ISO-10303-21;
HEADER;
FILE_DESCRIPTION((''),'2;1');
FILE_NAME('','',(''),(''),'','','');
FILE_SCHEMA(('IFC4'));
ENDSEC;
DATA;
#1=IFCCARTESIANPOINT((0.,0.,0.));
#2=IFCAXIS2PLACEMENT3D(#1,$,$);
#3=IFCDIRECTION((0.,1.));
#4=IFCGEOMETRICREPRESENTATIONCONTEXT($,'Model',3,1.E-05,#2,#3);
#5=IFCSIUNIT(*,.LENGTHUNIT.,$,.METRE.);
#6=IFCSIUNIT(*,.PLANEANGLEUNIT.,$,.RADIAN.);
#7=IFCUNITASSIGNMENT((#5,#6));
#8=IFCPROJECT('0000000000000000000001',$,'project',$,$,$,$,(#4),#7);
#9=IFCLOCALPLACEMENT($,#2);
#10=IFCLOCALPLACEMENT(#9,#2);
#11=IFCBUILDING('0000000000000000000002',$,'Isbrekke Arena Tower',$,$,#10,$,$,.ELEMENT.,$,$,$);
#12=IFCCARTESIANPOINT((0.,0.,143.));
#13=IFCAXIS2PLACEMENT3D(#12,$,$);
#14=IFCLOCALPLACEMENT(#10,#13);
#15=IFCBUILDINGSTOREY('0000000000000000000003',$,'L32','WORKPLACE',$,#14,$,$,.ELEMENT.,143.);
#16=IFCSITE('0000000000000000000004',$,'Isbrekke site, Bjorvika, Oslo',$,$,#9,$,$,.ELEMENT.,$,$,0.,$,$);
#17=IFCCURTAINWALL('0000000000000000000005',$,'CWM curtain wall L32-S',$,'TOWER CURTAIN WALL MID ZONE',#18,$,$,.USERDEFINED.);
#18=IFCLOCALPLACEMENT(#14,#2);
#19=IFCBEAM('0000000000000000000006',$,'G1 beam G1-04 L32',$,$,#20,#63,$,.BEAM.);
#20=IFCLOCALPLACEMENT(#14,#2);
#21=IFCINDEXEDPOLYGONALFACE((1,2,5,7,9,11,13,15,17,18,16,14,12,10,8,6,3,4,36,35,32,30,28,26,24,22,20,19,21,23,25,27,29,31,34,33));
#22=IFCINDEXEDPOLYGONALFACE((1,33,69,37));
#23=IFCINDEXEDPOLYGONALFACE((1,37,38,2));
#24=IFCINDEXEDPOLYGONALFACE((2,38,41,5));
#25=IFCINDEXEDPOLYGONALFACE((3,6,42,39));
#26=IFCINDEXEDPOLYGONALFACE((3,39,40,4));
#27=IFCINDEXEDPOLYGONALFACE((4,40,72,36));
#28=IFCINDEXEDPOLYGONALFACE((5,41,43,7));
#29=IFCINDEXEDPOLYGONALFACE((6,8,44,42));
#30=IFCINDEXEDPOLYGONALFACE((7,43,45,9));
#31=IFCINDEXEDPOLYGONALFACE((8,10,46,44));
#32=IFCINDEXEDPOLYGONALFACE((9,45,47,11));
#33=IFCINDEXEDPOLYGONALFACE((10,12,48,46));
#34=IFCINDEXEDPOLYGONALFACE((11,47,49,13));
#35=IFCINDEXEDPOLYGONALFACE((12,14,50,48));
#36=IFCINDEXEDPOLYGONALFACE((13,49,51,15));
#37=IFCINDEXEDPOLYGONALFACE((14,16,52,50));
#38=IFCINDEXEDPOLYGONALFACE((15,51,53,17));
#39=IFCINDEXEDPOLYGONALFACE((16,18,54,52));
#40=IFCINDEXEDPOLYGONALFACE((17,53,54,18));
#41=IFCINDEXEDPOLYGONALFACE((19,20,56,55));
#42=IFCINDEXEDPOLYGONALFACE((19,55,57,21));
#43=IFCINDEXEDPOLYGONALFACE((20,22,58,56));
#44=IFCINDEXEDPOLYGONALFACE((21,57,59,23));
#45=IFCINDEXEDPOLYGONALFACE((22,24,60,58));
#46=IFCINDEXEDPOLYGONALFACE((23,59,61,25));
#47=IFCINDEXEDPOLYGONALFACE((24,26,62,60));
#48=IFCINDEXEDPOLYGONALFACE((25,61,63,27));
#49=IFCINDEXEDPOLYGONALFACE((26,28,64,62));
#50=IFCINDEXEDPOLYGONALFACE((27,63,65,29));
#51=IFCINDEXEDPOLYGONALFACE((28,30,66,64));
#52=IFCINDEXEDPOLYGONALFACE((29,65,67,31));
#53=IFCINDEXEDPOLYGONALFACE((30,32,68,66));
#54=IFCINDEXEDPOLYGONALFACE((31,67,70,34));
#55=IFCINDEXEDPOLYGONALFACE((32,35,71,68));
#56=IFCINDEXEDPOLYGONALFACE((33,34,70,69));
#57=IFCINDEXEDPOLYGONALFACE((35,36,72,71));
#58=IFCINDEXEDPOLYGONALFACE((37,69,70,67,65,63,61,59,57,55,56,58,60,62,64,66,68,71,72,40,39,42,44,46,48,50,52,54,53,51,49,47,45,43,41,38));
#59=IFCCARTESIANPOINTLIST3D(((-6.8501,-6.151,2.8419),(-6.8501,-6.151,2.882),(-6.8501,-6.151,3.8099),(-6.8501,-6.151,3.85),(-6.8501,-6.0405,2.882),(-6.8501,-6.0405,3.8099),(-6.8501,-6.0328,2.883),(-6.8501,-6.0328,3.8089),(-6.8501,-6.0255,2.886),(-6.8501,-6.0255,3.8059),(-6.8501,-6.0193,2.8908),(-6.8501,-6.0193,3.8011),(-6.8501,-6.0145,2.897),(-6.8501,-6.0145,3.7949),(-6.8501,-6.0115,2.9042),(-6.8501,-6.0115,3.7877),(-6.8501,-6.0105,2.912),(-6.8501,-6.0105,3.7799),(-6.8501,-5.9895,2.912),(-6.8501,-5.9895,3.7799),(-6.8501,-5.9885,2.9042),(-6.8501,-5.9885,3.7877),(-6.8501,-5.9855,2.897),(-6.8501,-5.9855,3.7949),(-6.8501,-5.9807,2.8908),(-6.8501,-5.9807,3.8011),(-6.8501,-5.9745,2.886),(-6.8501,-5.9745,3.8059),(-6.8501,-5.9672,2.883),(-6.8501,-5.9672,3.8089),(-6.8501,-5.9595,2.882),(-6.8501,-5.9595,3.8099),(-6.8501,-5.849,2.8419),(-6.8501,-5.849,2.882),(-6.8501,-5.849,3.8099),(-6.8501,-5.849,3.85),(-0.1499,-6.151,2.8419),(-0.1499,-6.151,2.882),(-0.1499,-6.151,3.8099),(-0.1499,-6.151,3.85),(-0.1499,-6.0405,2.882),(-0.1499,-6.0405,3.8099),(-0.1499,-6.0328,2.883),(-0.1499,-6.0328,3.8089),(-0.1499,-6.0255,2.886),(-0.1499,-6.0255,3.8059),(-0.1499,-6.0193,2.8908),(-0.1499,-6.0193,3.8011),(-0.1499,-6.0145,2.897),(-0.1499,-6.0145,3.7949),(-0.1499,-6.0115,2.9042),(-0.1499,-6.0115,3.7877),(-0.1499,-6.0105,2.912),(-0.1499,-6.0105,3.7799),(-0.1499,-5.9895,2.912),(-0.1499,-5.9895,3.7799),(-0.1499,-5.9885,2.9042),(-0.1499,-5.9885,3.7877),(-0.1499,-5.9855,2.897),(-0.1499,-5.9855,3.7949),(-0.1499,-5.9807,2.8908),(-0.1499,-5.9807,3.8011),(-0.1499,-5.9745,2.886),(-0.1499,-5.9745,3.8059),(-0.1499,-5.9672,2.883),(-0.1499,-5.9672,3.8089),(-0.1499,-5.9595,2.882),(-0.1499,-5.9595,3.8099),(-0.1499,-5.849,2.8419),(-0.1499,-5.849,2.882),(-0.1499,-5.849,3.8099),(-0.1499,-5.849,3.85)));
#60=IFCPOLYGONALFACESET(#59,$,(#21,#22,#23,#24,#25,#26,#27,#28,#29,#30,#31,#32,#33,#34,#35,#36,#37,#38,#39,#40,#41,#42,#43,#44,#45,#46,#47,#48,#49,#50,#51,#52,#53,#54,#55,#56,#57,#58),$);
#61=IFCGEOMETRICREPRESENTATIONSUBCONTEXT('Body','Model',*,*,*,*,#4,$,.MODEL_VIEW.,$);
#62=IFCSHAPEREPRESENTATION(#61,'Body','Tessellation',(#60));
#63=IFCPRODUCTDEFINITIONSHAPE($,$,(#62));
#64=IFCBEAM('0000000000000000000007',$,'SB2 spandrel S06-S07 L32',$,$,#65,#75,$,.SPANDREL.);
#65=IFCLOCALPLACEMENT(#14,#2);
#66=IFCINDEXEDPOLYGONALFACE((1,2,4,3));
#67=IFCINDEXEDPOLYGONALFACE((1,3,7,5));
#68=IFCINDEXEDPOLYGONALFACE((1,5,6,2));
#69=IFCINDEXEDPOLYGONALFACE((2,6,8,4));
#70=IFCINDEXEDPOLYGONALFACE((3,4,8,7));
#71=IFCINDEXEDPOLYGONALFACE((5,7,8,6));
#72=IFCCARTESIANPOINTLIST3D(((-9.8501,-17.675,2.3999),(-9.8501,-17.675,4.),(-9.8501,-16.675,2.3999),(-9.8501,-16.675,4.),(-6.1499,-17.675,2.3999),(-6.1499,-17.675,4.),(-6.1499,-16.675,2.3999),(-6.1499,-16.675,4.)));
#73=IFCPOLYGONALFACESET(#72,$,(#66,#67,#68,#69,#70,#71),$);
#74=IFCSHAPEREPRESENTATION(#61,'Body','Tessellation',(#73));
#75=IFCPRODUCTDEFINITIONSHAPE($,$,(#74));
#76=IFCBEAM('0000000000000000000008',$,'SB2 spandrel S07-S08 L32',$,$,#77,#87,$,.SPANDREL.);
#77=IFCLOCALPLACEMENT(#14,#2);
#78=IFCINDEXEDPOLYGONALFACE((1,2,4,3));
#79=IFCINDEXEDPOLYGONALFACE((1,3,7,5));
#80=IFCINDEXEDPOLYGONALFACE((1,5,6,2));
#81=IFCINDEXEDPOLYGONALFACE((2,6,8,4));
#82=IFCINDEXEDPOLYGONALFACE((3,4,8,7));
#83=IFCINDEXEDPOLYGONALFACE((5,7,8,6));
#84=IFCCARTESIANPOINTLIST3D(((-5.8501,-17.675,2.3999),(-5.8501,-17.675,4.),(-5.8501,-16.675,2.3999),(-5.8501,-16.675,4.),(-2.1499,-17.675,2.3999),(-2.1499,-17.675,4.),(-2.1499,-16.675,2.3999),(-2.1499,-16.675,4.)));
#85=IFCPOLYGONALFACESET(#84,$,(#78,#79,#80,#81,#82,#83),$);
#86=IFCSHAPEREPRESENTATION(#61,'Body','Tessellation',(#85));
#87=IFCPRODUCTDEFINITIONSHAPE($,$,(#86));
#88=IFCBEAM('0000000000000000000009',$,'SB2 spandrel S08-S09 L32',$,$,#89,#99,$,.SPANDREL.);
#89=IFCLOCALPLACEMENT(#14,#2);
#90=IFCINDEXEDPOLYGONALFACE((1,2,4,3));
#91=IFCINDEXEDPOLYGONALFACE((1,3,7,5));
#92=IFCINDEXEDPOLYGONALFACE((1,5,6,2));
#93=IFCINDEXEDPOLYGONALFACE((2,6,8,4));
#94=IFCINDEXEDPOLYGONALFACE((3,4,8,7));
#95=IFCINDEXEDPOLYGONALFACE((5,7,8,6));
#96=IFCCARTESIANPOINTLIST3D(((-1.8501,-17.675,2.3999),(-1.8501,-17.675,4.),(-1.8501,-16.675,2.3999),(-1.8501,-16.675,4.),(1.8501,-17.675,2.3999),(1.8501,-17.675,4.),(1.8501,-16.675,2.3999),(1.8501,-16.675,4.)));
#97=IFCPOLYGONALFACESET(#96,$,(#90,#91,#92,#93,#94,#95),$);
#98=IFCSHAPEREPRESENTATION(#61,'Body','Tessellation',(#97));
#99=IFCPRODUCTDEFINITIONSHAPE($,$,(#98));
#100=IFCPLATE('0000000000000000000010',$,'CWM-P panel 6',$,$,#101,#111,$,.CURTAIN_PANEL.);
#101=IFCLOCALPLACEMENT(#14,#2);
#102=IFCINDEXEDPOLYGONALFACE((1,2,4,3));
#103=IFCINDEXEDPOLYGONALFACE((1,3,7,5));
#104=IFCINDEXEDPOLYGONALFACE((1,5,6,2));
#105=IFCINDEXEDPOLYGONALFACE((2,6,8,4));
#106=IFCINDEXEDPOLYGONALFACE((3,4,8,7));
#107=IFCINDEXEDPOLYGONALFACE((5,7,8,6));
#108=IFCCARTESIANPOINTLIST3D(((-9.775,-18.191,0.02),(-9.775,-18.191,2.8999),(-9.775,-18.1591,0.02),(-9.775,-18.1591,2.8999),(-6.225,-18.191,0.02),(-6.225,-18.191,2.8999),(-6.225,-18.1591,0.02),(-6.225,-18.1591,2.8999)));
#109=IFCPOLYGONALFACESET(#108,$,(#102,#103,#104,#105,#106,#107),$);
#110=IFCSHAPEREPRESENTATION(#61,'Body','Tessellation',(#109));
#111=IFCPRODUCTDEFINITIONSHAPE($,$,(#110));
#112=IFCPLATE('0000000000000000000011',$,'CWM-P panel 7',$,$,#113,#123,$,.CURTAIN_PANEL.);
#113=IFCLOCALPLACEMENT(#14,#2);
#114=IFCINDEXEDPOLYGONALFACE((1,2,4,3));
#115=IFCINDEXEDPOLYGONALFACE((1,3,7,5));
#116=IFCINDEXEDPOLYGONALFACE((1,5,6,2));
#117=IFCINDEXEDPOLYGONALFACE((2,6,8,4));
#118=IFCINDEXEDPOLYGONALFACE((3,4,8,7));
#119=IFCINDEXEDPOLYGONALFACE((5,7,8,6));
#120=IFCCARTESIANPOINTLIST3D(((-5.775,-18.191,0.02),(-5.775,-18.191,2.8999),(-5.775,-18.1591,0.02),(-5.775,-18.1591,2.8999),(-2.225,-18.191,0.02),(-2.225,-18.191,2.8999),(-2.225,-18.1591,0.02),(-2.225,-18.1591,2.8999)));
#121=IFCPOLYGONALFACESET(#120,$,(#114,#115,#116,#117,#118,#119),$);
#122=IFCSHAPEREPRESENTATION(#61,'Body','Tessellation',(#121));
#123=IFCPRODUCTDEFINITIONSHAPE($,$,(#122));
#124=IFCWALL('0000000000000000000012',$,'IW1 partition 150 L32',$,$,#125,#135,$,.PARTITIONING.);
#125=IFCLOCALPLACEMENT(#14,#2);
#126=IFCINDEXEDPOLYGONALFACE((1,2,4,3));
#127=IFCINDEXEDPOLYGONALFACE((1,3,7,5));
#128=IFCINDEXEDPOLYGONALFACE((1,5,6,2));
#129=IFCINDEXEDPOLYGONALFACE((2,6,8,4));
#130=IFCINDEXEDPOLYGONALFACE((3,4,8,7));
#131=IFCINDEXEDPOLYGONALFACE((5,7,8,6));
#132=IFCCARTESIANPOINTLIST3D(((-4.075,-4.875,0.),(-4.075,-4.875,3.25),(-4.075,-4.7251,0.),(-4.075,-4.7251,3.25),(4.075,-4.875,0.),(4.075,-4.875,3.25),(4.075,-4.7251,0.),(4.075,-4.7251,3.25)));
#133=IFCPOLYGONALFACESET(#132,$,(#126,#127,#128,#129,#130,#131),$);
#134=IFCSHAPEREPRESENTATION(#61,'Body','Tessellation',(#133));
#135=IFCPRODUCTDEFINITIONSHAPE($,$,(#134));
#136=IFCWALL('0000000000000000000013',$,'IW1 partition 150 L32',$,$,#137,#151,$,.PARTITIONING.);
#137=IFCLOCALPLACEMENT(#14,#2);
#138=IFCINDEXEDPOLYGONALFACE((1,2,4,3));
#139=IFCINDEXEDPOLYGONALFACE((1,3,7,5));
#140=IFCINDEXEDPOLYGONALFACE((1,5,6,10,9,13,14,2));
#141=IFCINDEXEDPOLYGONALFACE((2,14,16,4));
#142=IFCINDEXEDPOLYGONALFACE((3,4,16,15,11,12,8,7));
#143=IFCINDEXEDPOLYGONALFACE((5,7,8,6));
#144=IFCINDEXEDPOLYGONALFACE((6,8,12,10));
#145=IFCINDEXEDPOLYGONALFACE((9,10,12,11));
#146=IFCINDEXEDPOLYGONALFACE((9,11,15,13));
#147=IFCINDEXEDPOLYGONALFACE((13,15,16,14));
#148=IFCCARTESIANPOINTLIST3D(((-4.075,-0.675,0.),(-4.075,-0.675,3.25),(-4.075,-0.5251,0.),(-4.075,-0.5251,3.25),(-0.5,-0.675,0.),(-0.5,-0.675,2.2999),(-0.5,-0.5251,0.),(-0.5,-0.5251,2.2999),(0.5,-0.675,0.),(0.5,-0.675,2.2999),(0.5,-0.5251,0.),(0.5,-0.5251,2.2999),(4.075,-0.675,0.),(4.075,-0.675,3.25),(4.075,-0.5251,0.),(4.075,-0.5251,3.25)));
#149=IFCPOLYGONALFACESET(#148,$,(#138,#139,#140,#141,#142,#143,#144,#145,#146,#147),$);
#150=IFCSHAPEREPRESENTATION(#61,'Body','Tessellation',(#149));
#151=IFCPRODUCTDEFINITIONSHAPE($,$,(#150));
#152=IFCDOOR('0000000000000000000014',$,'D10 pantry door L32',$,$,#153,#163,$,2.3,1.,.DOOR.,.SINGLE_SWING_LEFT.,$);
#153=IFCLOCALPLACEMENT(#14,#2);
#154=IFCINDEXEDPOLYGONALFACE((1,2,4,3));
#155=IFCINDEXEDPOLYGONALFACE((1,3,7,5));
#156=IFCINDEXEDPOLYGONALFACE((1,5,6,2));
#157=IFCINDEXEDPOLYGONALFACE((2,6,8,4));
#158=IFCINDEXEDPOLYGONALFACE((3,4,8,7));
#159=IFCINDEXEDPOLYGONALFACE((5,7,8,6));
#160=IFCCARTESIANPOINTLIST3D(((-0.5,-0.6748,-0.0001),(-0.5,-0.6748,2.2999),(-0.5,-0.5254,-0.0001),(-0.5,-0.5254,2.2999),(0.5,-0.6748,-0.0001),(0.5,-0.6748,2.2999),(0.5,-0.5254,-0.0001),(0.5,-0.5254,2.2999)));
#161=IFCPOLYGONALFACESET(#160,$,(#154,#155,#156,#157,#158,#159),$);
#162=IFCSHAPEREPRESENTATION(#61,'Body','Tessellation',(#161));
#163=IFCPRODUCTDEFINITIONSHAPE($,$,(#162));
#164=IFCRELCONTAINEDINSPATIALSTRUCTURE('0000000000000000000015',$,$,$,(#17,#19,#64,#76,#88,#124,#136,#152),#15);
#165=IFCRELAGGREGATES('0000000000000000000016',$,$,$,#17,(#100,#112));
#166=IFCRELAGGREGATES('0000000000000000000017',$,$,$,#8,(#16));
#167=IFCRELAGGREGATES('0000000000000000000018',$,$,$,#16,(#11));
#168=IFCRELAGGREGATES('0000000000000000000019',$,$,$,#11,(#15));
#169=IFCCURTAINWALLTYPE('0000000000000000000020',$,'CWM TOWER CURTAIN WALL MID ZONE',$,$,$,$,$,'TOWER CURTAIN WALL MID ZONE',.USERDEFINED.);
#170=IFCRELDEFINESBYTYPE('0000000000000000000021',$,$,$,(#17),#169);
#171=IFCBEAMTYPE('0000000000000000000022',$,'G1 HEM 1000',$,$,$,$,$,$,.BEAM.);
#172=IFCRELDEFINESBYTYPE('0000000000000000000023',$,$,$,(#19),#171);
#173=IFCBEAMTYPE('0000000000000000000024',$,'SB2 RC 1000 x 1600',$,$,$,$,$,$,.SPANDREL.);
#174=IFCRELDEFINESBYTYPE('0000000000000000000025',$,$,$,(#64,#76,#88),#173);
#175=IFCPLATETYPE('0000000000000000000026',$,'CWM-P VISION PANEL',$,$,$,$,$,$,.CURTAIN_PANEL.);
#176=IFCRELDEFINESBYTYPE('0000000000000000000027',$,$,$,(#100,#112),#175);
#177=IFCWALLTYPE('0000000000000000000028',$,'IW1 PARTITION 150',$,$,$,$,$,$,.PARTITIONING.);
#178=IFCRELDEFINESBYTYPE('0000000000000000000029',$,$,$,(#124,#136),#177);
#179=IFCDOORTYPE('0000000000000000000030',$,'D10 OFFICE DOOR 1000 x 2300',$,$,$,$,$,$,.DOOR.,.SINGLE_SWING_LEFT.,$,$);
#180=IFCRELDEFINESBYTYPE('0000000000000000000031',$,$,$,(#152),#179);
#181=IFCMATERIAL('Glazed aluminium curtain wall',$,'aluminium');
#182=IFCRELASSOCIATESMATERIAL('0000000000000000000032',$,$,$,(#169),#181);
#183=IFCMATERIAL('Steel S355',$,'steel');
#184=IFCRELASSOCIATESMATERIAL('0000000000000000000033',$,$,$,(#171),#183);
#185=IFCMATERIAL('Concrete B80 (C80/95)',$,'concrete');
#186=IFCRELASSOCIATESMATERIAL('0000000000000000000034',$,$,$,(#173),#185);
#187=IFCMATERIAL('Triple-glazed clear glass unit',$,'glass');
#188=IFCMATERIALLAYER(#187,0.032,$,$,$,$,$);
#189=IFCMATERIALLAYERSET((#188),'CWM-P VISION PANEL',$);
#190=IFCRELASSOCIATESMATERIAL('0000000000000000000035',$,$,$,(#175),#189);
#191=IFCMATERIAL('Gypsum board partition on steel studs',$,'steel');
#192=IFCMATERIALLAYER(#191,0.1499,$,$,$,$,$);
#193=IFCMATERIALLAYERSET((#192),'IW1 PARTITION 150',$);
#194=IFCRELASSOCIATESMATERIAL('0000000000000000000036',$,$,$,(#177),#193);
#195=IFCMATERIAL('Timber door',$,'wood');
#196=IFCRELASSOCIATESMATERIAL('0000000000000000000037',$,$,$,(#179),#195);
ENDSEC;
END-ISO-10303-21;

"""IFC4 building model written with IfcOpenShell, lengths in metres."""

from ifc_helpers import new_model, si_unit, direction, frame, frame_2d, origin, origin_2d, place, context, subcontext, project, spatial, rectangle, i_section, extrude, material, layer, layer_set, material_profile, profile_set, type_object, element, fill, aggregate, save


model = new_model("IFC4")

# Units and contexts
model_context = context("Model", 3, precision=1e-05, world=origin(), true_north=direction((0.0, 1.0)))
body_context = subcontext(model_context, "Body", "Model", "MODEL_VIEW")
ifc_project = project(units=[si_unit("LENGTHUNIT", "METRE"), si_unit("PLANEANGLEUNIT", "RADIAN")], contexts=[model_context])

# Site, building, storey
site_placement = place(None, origin())
site = spatial("IfcSite", under=ifc_project, at=site_placement, Name="Isbrekke site, Bjorvika, Oslo", CompositionType="ELEMENT", RefElevation=0.0)
building_placement = place(site_placement, origin())
building = spatial("IfcBuilding", under=site, at=building_placement, Name="Isbrekke Arena Tower", CompositionType="ELEMENT")
storey_placement = place(building_placement, frame((0.0, 0.0, 143.0)))
storey = spatial("IfcBuildingStorey", under=building, at=storey_placement, Name="L32", Description="WORKPLACE", CompositionType="ELEMENT", Elevation=143.0)

# Curtain wall
ifc_material_1 = material(Name="Glazed aluminium curtain wall", Category="aluminium")
curtain_wall_type = type_object("IfcCurtainWallType", Name="CWM TOWER CURTAIN WALL MID ZONE", ElementType="TOWER CURTAIN WALL MID ZONE", PredefinedType="USERDEFINED", material=ifc_material_1)
curtain_wall_placement = place(storey_placement, origin())
curtain_wall = element("IfcCurtainWall", 1, at=curtain_wall_placement, inside=storey, type_object=curtain_wall_type, Name="CWM curtain wall L32-S", ObjectType="TOWER CURTAIN WALL MID ZONE", PredefinedType="USERDEFINED")

# Beams
ifc_material_2 = material(Name="Steel S355", Category="steel")
ifc_material_profile_1 = material_profile(ifc_material_2, i_section(OverallWidth=0.302, OverallDepth=1.0081, WebThickness=0.021, FlangeThickness=0.04, FilletRadius=0.03, at=origin_2d()), Name="HEM 1000")
ifc_profile_set_1 = profile_set([ifc_material_profile_1], Name="Steel S355")
beam_type_1 = type_object("IfcBeamType", Name="G1 HEM 1000", PredefinedType="BEAM", material=ifc_profile_set_1)
beam_1_placement = place(storey_placement, frame((-6.8501, -6.0, 3.3459), z_axis=(1.0, 0.0, 0.0), x_axis=(0.0, 1.0, 0.0)))
element("IfcBeam", 2, at=beam_1_placement, inside=storey, type_object=beam_type_1, Name="G1 beam G1-04 L32", PredefinedType="BEAM", context=body_context, shape_type="SweptSolid", body=[
    extrude(i_section(OverallWidth=0.302, OverallDepth=1.0081, WebThickness=0.021, FlangeThickness=0.04, FilletRadius=0.03, at=origin_2d()), origin(), (0.0, 0.0, 1.0), 6.7002),
])
ifc_material_3 = material(Name="Concrete B80 (C80/95)", Category="concrete")
ifc_material_profile_2 = material_profile(ifc_material_3, rectangle(XDim=1.0, YDim=1.6001, at=origin_2d()), Name="RC 1000x1600")
ifc_profile_set_2 = profile_set([ifc_material_profile_2], Name="Concrete B80 (C80/95)")
beam_type_2 = type_object("IfcBeamType", Name="SB2 RC 1000 x 1600", PredefinedType="SPANDREL", material=ifc_profile_set_2)
for number, where, z_axis, x_axis, name in (
    (3, (-9.8501, -17.175, 3.2), (1.0, 0.0, 0.0), (0.0, 1.0, 0.0), "SB2 spandrel S06-S07 L32"),
    (4, (-5.8501, -17.175, 3.2), (1.0, 0.0, 0.0), (0.0, 1.0, 0.0), "SB2 spandrel S07-S08 L32"),
    (5, (-1.8501, -17.175, 3.2), (1.0, 0.0, 0.0), (0.0, 1.0, 0.0), "SB2 spandrel S08-S09 L32"),
):
    element("IfcBeam", number, at=place(storey_placement, frame(where, z_axis=z_axis, x_axis=x_axis)), inside=storey, type_object=beam_type_2, Name=name, PredefinedType="SPANDREL", context=body_context, shape_type="SweptSolid", body=[
        extrude(rectangle(XDim=1.0, YDim=1.6001, at=origin_2d()), origin(), (0.0, 0.0, 1.0), 3.7002),
    ])

# Plates
ifc_material_4 = material(Name="Triple-glazed clear glass unit", Category="glass")
ifc_layer_1 = layer(ifc_material_4, 0.032)
ifc_layer_set_1 = layer_set([ifc_layer_1], Name="CWM-P VISION PANEL")
plate_type = type_object("IfcPlateType", Name="CWM-P VISION PANEL", PredefinedType="CURTAIN_PANEL", material=ifc_layer_set_1)
plate_1_placement = place(storey_placement, frame((-8.0, -18.175, 0.02), z_axis=(0.0, 0.0, 1.0), x_axis=(1.0, 0.0, 0.0)))
plate_1 = element("IfcPlate", 6, at=plate_1_placement, type_object=plate_type, Name="CWM-P panel 6", PredefinedType="CURTAIN_PANEL", context=body_context, shape_type="SweptSolid", body=[
    extrude(rectangle(XDim=3.55, YDim=0.032, at=origin_2d()), origin(), (0.0, 0.0, 1.0), 2.8799),
])
plate_2_placement = place(storey_placement, frame((-4.0, -18.175, 0.02), z_axis=(0.0, 0.0, 1.0), x_axis=(1.0, 0.0, 0.0)))
plate_2 = element("IfcPlate", 7, at=plate_2_placement, type_object=plate_type, Name="CWM-P panel 7", PredefinedType="CURTAIN_PANEL", context=body_context, shape_type="SweptSolid", body=[
    extrude(rectangle(XDim=3.55, YDim=0.032, at=origin_2d()), origin(), (0.0, 0.0, 1.0), 2.8799),
])
aggregate(curtain_wall, [plate_1, plate_2])

# Wall
ifc_material_5 = material(Name="Gypsum board partition on steel studs", Category="steel")
ifc_layer_2 = layer(ifc_material_5, 0.1499)
ifc_layer_set_2 = layer_set([ifc_layer_2], Name="IW1 PARTITION 150")
wall_type_1 = type_object("IfcWallType", Name="IW1 PARTITION 150", PredefinedType="PARTITIONING", material=ifc_layer_set_2)
wall_1_placement = place(storey_placement, frame((-4.075, -4.8, 0.0), z_axis=(0.0, 0.0, 1.0), x_axis=(1.0, 0.0, 0.0)))
element("IfcWall", 8, at=wall_1_placement, inside=storey, type_object=wall_type_1, Name="IW1 partition 150 L32", PredefinedType="PARTITIONING", context=body_context, shape_type="SweptSolid", body=[
    extrude(rectangle(XDim=8.1499, YDim=0.1499, at=frame_2d((4.075, 0.0))), origin(), (0.0, 0.0, 1.0), 3.25),
])

# Wall, opening, door
wall_2_placement = place(storey_placement, frame((-4.075, -0.6001, 0.0), z_axis=(0.0, 0.0, 1.0), x_axis=(1.0, 0.0, 0.0)))
wall_2 = element("IfcWall", 9, at=wall_2_placement, inside=storey, type_object=wall_type_1, Name="IW1 partition 150 L32", PredefinedType="PARTITIONING", context=body_context, shape_type="SweptSolid", body=[
    extrude(rectangle(XDim=8.1499, YDim=0.1499, at=frame_2d((4.075, 0.0))), origin(), (0.0, 0.0, 1.0), 3.25),
])
opening_1_placement = place(wall_2_placement, frame((3.575, 0.0, 0.0)))
opening_1 = element("IfcOpeningElement", 10, at=opening_1_placement, cuts=wall_2, PredefinedType="OPENING", context=body_context, shape_type="SweptSolid", body=[
    extrude(rectangle(XDim=1.0, YDim=2.3, at=frame_2d((0.5, 1.1499))), frame((0.0, 0.0898, 0.0), z_axis=(0.0, -1.0, 0.0), x_axis=(1.0, 0.0, 0.0)), (0.0, 0.0, 1.0), 0.1797),
])
ifc_material_6 = material(Name="Timber door", Category="wood")
door_type = type_object("IfcDoorType", Name="D10 OFFICE DOOR 1000 x 2300", OperationType="SINGLE_SWING_LEFT", PredefinedType="DOOR", material=ifc_material_6)
door_1_placement = place(opening_1_placement, origin())
door_1 = element("IfcDoor", 11, at=door_1_placement, inside=storey, type_object=door_type, Name="D10 pantry door L32", OperationType="SINGLE_SWING_LEFT", OverallHeight=2.3, OverallWidth=1.0, PredefinedType="DOOR", context=body_context, shape_type="SweptSolid", body=[
    extrude(rectangle(XDim=1.0, YDim=2.3, at=frame_2d((0.5, 1.1499))), frame((0.0, 0.0747, 0.0), z_axis=(0.0, -1.0, 0.0), x_axis=(1.0, 0.0, 0.0)), (0.0, 0.0, 1.0), 0.1494),
])
fill(opening_1, door_1)

save(model, "model.ifc")
